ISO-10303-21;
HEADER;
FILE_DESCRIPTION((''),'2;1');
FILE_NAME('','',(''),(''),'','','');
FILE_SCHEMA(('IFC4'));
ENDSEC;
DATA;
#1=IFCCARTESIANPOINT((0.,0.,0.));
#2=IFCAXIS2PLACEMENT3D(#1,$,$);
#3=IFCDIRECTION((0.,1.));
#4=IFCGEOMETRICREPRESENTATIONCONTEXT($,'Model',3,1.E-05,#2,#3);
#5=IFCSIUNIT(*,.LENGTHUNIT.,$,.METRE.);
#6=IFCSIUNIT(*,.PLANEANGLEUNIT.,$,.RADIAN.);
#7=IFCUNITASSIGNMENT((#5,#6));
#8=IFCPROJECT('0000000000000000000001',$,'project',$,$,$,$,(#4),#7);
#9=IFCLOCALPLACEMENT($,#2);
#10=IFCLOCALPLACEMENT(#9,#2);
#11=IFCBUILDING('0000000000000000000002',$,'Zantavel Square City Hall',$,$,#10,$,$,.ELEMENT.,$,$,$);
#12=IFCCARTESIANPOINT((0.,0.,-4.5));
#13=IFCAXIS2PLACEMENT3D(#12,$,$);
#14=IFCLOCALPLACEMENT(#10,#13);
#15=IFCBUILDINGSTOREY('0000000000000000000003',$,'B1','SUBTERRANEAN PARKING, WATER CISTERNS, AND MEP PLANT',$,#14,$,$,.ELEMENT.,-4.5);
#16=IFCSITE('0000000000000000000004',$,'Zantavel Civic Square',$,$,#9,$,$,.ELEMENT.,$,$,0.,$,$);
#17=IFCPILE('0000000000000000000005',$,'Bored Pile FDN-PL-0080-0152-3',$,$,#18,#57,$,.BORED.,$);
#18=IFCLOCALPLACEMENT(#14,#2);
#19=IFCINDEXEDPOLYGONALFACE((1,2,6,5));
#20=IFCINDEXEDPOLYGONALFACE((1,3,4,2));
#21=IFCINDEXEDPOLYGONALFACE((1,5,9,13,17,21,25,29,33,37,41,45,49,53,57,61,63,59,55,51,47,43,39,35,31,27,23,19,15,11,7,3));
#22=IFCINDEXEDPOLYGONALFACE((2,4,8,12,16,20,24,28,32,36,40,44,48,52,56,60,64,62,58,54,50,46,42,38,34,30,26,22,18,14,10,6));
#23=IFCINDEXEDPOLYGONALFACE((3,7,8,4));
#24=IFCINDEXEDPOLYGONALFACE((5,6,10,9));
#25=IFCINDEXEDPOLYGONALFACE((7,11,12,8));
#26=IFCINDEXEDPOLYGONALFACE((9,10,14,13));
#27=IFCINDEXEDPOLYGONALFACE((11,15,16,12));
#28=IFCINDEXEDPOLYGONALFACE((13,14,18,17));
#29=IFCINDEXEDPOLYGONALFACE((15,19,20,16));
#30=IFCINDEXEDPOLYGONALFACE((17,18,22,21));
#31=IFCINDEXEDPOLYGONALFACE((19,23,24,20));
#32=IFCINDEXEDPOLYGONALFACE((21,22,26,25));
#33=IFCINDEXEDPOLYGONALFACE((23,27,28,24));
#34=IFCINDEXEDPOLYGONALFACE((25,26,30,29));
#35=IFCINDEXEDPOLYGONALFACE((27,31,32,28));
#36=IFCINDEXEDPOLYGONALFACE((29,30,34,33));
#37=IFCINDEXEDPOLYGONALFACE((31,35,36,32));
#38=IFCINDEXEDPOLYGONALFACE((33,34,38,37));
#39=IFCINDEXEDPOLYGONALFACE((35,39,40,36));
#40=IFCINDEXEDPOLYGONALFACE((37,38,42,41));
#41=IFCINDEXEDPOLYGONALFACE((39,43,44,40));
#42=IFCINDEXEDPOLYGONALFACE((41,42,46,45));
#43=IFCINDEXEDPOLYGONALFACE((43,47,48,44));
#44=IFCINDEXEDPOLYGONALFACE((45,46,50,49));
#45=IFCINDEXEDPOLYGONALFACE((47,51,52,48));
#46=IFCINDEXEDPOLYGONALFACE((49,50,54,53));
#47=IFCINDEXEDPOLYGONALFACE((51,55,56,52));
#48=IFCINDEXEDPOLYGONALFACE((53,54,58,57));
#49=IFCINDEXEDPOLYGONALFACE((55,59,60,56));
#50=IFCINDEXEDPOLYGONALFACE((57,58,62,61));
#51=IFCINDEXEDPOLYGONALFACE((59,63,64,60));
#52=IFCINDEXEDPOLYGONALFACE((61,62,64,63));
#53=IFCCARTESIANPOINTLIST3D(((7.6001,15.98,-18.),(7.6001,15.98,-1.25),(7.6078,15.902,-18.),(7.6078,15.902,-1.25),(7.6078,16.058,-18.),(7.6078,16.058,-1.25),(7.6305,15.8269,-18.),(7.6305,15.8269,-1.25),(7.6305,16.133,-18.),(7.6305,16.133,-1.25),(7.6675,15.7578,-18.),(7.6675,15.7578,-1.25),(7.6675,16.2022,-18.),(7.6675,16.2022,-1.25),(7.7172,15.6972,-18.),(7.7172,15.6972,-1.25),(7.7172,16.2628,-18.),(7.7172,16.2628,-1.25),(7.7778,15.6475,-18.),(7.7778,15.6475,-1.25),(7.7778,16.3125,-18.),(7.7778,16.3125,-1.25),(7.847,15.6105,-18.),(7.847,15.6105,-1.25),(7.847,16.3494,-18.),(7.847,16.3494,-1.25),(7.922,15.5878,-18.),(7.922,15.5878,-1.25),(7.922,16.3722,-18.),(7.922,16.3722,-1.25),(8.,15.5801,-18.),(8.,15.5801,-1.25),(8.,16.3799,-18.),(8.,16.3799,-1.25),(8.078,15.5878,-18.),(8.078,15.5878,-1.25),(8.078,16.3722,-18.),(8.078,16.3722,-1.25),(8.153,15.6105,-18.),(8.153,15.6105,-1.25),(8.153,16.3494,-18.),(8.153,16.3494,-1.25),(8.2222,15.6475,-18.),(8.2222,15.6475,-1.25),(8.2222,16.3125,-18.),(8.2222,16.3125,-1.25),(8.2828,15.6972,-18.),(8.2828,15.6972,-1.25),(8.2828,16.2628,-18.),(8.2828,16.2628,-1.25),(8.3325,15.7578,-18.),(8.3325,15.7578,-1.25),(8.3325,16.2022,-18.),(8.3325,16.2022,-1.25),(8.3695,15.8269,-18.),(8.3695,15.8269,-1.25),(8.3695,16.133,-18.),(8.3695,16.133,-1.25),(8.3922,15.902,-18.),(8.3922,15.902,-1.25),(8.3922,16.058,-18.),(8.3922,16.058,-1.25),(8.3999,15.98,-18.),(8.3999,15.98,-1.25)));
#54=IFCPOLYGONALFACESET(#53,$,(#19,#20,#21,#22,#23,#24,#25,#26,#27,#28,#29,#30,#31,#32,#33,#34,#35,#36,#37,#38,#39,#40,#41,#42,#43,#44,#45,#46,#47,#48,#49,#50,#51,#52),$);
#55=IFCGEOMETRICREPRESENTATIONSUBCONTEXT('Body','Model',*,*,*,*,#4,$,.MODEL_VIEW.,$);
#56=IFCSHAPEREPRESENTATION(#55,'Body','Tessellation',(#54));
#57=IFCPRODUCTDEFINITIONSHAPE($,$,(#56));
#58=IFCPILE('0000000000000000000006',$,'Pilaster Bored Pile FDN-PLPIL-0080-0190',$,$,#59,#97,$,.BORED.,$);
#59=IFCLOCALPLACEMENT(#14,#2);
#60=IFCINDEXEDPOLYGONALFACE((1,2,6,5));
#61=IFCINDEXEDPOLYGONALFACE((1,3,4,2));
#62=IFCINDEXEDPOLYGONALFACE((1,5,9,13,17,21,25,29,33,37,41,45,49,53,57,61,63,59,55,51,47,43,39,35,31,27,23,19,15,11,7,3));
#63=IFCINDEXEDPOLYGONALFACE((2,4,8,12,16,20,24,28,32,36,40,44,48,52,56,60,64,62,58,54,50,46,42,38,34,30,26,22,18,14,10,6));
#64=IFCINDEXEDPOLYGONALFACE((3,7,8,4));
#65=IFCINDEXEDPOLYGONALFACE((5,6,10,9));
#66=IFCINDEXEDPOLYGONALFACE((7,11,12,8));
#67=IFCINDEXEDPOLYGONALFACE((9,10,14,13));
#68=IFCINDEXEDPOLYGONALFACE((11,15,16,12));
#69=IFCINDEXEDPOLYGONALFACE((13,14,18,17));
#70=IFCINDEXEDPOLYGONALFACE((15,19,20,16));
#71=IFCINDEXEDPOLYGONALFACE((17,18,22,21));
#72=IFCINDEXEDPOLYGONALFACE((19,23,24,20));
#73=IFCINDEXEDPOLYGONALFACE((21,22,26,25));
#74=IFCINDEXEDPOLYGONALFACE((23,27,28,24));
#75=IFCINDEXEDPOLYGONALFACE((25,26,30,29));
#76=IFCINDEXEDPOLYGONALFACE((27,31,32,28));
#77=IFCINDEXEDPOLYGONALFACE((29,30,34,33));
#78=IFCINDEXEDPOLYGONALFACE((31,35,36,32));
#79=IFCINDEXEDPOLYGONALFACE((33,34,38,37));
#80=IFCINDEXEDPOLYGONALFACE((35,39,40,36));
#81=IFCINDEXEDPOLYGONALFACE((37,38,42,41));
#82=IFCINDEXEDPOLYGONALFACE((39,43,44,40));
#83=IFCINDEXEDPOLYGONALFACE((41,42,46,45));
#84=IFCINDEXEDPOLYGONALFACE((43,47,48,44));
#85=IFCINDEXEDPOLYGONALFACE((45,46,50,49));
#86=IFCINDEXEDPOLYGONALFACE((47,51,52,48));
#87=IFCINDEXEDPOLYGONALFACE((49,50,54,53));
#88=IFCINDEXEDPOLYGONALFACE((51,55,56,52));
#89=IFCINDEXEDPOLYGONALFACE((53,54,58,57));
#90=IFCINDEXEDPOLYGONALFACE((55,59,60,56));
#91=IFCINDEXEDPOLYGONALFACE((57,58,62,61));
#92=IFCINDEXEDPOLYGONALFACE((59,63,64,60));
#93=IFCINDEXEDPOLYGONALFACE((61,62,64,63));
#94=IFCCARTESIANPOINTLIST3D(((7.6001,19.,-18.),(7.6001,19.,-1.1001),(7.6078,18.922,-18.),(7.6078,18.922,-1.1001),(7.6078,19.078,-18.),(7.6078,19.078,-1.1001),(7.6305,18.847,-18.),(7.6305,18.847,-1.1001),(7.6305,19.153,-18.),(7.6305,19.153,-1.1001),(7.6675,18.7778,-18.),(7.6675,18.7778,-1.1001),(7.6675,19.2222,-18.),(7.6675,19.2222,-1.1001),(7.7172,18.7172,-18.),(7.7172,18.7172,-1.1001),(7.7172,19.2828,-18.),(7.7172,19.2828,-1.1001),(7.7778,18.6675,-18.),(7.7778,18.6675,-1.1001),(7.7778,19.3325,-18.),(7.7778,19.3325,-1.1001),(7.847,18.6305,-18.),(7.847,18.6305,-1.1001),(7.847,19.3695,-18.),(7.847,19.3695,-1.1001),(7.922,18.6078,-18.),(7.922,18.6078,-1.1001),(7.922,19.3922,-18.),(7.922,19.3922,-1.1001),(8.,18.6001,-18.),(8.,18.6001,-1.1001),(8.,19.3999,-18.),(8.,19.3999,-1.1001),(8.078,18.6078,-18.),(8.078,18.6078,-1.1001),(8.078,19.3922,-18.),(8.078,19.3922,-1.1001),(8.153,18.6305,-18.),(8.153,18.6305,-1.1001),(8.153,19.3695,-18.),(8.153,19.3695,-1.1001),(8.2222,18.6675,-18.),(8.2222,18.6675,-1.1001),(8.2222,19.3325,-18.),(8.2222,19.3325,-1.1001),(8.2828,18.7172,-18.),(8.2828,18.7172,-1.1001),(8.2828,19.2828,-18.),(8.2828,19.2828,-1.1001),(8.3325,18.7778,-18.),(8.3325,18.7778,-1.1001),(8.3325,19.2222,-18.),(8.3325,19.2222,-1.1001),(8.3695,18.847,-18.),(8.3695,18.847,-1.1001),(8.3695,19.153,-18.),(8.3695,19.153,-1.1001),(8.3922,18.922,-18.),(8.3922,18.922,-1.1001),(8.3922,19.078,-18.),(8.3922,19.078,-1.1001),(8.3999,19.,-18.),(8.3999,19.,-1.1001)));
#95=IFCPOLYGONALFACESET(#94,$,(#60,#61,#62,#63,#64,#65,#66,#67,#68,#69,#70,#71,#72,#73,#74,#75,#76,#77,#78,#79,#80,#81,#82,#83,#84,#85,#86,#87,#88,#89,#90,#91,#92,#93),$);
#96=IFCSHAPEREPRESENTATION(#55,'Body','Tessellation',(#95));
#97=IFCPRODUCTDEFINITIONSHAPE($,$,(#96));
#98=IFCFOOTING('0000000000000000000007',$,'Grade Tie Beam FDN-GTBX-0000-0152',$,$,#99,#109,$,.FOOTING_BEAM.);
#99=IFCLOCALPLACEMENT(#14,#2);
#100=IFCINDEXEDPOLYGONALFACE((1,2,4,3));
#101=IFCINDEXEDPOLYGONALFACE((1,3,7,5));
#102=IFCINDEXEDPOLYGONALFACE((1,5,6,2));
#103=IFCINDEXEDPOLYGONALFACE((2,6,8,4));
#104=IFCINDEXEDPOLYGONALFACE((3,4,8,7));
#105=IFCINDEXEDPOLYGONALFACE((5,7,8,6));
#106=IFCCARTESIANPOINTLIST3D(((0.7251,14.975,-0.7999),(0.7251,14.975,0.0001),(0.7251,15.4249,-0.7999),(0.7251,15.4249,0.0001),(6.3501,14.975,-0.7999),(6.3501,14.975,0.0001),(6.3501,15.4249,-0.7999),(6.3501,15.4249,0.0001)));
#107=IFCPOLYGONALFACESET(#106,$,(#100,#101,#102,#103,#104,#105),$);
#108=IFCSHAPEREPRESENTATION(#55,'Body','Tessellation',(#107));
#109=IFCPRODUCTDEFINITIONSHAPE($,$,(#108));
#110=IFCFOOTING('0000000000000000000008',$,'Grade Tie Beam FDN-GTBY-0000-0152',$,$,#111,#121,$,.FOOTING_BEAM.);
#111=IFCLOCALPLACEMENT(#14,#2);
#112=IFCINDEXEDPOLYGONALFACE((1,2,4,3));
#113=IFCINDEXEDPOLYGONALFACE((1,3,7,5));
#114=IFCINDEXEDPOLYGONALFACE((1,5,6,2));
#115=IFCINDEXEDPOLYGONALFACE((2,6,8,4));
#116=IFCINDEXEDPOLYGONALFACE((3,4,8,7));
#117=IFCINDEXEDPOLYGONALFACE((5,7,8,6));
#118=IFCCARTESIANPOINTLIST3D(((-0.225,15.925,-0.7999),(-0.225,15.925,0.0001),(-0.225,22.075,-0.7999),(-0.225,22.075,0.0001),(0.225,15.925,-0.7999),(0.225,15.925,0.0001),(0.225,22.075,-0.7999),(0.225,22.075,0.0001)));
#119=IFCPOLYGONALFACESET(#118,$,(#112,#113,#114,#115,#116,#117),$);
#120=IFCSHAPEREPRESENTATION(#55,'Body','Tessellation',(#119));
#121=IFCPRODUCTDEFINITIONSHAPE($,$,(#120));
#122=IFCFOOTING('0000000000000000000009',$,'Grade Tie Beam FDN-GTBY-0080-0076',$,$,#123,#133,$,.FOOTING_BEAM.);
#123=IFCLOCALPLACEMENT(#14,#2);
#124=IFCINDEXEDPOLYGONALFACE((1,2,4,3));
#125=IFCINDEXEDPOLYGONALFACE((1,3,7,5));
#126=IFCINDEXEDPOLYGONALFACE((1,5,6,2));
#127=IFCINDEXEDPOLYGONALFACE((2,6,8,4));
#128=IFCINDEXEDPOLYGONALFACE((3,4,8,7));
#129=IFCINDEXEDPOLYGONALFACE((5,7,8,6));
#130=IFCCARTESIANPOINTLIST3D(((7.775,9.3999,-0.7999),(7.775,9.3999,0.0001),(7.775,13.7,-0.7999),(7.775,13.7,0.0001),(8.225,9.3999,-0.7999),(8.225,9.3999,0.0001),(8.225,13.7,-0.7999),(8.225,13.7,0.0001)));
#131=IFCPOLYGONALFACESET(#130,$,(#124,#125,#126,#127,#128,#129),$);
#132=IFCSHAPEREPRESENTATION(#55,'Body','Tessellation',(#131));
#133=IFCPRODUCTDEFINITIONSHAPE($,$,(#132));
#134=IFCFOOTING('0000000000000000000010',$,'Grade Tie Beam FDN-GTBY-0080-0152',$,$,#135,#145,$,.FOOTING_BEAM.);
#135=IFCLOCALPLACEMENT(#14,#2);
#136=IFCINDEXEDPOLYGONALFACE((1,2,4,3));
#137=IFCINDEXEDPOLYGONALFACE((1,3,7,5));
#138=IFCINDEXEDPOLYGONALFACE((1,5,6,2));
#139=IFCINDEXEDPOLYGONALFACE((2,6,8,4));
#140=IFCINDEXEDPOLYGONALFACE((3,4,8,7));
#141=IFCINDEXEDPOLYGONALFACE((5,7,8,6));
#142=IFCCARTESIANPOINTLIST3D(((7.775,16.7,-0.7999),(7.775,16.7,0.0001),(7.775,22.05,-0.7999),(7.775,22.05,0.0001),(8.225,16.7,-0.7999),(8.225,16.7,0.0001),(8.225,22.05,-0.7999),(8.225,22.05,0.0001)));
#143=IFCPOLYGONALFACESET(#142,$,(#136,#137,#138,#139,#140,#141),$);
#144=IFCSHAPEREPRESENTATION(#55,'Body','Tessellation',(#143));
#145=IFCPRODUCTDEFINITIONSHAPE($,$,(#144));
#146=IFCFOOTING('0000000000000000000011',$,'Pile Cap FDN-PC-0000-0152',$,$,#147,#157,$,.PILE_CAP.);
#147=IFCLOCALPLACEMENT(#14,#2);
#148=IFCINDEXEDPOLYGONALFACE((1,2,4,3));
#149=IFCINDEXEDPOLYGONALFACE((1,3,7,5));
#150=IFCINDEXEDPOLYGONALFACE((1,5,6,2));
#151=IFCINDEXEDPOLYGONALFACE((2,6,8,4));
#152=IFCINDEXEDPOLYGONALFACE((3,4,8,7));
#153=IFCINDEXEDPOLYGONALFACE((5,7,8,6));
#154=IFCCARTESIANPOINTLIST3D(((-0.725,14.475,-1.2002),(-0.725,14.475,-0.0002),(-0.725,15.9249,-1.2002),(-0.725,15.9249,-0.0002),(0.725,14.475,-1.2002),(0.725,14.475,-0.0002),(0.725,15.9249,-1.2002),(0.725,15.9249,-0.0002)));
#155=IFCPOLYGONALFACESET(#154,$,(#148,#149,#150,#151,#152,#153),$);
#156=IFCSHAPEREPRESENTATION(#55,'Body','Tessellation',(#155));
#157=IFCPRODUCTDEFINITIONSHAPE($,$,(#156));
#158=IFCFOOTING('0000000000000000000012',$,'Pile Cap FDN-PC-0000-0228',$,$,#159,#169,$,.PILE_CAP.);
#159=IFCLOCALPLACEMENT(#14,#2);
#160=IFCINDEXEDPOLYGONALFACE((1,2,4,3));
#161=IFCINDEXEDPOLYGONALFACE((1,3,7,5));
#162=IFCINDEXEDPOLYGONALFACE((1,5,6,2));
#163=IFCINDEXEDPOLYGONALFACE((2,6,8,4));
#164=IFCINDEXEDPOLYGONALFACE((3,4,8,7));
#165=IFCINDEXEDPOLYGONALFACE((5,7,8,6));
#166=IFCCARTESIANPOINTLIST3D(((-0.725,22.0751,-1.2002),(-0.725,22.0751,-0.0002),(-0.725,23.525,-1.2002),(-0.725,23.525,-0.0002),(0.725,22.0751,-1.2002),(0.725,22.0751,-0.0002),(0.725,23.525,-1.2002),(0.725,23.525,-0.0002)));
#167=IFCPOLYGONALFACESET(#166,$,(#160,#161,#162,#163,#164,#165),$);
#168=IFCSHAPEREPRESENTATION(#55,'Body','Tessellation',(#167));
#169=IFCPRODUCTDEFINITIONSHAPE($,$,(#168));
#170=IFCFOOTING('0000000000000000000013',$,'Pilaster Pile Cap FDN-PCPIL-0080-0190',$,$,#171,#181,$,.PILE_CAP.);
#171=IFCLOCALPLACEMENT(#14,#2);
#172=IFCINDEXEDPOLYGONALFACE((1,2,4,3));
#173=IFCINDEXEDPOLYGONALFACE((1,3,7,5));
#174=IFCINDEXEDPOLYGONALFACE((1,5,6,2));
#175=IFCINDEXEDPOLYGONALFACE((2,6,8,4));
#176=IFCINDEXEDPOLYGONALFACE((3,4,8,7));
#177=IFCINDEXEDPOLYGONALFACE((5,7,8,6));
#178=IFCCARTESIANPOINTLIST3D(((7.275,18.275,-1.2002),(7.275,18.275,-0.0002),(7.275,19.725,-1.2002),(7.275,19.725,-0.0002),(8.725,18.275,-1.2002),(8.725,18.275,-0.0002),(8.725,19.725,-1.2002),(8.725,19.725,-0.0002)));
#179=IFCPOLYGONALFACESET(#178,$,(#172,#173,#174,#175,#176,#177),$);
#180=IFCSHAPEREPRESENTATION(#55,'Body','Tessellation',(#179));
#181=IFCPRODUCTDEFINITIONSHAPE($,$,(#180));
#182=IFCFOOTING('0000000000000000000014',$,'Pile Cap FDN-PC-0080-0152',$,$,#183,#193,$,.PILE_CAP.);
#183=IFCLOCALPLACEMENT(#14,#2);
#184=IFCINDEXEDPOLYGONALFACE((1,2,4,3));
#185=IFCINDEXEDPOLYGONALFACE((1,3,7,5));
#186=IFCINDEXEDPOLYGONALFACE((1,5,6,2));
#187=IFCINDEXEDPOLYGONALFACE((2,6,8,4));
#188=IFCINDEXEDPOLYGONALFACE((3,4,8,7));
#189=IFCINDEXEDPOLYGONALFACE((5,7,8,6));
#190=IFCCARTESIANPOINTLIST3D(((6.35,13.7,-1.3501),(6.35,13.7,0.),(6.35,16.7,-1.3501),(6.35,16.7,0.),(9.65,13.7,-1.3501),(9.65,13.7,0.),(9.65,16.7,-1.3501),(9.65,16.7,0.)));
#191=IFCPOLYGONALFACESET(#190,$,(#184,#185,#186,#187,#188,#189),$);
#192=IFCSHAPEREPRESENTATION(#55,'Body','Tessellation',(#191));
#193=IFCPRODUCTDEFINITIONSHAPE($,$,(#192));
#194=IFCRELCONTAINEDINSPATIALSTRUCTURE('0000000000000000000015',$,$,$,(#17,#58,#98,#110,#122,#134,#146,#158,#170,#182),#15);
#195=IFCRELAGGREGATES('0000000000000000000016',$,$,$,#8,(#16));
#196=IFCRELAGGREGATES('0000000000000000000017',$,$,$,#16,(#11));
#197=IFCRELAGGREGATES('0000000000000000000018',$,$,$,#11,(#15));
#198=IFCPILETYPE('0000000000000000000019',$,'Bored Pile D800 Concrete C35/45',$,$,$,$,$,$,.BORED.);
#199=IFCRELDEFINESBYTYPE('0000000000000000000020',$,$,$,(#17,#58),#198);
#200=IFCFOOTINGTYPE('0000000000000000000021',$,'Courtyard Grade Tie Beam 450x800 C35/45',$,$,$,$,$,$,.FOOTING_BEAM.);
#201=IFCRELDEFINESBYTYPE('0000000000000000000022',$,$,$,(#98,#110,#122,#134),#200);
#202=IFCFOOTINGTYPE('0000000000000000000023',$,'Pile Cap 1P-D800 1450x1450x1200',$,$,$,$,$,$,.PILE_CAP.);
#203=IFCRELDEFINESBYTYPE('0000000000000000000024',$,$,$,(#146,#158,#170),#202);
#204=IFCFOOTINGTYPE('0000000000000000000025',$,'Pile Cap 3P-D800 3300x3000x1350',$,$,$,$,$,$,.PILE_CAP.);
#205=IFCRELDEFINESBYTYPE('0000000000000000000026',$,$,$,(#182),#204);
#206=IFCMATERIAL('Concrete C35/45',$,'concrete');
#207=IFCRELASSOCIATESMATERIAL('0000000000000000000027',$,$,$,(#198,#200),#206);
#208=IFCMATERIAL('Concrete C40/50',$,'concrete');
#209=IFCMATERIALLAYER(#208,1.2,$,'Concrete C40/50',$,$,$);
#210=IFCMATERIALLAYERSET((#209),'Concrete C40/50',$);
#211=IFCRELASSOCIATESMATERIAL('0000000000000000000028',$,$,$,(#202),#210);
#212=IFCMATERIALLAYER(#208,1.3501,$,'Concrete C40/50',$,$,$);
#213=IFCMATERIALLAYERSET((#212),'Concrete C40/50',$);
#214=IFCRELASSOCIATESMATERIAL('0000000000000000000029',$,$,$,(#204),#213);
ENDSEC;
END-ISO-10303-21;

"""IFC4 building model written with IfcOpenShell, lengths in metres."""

from ifc_helpers import new_model, si_unit, direction, frame, origin, origin_2d, place, context, subcontext, project, spatial, rectangle, circle, extrude, material, layer, layer_set, material_profile, profile_set, type_object, element, save


model = new_model("IFC4")

# Units and contexts
model_context = context("Model", 3, precision=1e-05, world=origin(), true_north=direction((0.0, 1.0)))
body_context = subcontext(model_context, "Body", "Model", "MODEL_VIEW")
ifc_project = project(units=[si_unit("LENGTHUNIT", "METRE"), si_unit("PLANEANGLEUNIT", "RADIAN")], contexts=[model_context])

# Site, building, storey
site_placement = place(None, origin())
site = spatial("IfcSite", under=ifc_project, at=site_placement, Name="Zantavel Civic Square", CompositionType="ELEMENT", RefElevation=0.0)
building_placement = place(site_placement, origin())
building = spatial("IfcBuilding", under=site, at=building_placement, Name="Zantavel Square City Hall", CompositionType="ELEMENT")
storey_placement = place(building_placement, frame((0.0, 0.0, -4.5)))
storey = spatial("IfcBuildingStorey", under=building, at=storey_placement, Name="B1", Description="SUBTERRANEAN PARKING, WATER CISTERNS, AND MEP PLANT", CompositionType="ELEMENT", Elevation=-4.5)

# Piles
ifc_material_1 = material(Name="Concrete C35/45", Category="concrete")
ifc_material_profile_1 = material_profile(ifc_material_1, circle(Radius=0.3999, at=origin_2d()), Name="PILE D800")
ifc_profile_set_1 = profile_set([ifc_material_profile_1], Name="Concrete C35/45")
pile_type = type_object("IfcPileType", Name="Bored Pile D800 Concrete C35/45", PredefinedType="BORED", material=ifc_profile_set_1)
for number, where, z_axis, x_axis, name in (
    (1, (8.0, 15.98, -1.25), (0.0, 0.0, -1.0), (1.0, 0.0, 0.0), "Bored Pile FDN-PL-0080-0152-3"),
):
    element("IfcPile", number, at=place(storey_placement, frame(where, z_axis=z_axis, x_axis=x_axis)), inside=storey, type_object=pile_type, Name=name, PredefinedType="BORED", context=body_context, shape_type="SweptSolid", body=[
        extrude(circle(Radius=0.3999, at=origin_2d()), origin(), (0.0, 0.0, 1.0), 16.75),
    ])
pile_1_placement = place(storey_placement, frame((8.0, 19.0, -1.1001), z_axis=(0.0, 0.0, -1.0), x_axis=(1.0, 0.0, 0.0)))
element("IfcPile", 2, at=pile_1_placement, inside=storey, type_object=pile_type, Name="Pilaster Bored Pile FDN-PLPIL-0080-0190", PredefinedType="BORED", context=body_context, shape_type="SweptSolid", body=[
    extrude(circle(Radius=0.3999, at=origin_2d()), origin(), (0.0, 0.0, 1.0), 16.8999),
])

# Footings
ifc_material_profile_2 = material_profile(ifc_material_1, rectangle(XDim=0.45, YDim=0.8, at=origin_2d()), Name="RC 450x800")
ifc_profile_set_2 = profile_set([ifc_material_profile_2], Name="Concrete C35/45")
footing_type_1 = type_object("IfcFootingType", Name="Courtyard Grade Tie Beam 450x800 C35/45", PredefinedType="FOOTING_BEAM", material=ifc_profile_set_2)
footing_1_placement = place(storey_placement, frame((0.7251, 15.2, -0.3999), z_axis=(1.0, 0.0, 0.0), x_axis=(0.0, 1.0, 0.0)))
element("IfcFooting", 3, at=footing_1_placement, inside=storey, type_object=footing_type_1, Name="Grade Tie Beam FDN-GTBX-0000-0152", PredefinedType="FOOTING_BEAM", context=body_context, shape_type="SweptSolid", body=[
    extrude(rectangle(XDim=0.45, YDim=0.8, at=origin_2d()), origin(), (0.0, 0.0, 1.0), 5.625),
])
footing_2_placement = place(storey_placement, frame((0.0, 15.925, -0.3999), z_axis=(0.0, 1.0, 0.0), x_axis=(-1.0, 0.0, 0.0)))
element("IfcFooting", 4, at=footing_2_placement, inside=storey, type_object=footing_type_1, Name="Grade Tie Beam FDN-GTBY-0000-0152", PredefinedType="FOOTING_BEAM", context=body_context, shape_type="SweptSolid", body=[
    extrude(rectangle(XDim=0.45, YDim=0.8, at=origin_2d()), origin(), (0.0, 0.0, 1.0), 6.1499),
])
footing_3_placement = place(storey_placement, frame((8.0, 9.3999, -0.3999), z_axis=(0.0, 1.0, 0.0), x_axis=(-1.0, 0.0, 0.0)))
element("IfcFooting", 5, at=footing_3_placement, inside=storey, type_object=footing_type_1, Name="Grade Tie Beam FDN-GTBY-0080-0076", PredefinedType="FOOTING_BEAM", context=body_context, shape_type="SweptSolid", body=[
    extrude(rectangle(XDim=0.45, YDim=0.8, at=origin_2d()), origin(), (0.0, 0.0, 1.0), 4.3),
])
footing_4_placement = place(storey_placement, frame((8.0, 16.7, -0.3999), z_axis=(0.0, 1.0, 0.0), x_axis=(-1.0, 0.0, 0.0)))
element("IfcFooting", 6, at=footing_4_placement, inside=storey, type_object=footing_type_1, Name="Grade Tie Beam FDN-GTBY-0080-0152", PredefinedType="FOOTING_BEAM", context=body_context, shape_type="SweptSolid", body=[
    extrude(rectangle(XDim=0.45, YDim=0.8, at=origin_2d()), origin(), (0.0, 0.0, 1.0), 5.3501),
])
ifc_material_2 = material(Name="Concrete C40/50", Category="concrete")
ifc_layer_1 = layer(ifc_material_2, 1.2, Name="Concrete C40/50")
ifc_layer_set_1 = layer_set([ifc_layer_1], Name="Concrete C40/50")
footing_type_2 = type_object("IfcFootingType", Name="Pile Cap 1P-D800 1450x1450x1200", PredefinedType="PILE_CAP", material=ifc_layer_set_1)
for number, where, z_axis, x_axis, name in (
    (7, (0.0, 15.2, -1.2002), (0.0, 0.0, 1.0), (1.0, 0.0, 0.0), "Pile Cap FDN-PC-0000-0152"),
    (8, (0.0, 22.8, -1.2002), (0.0, 0.0, 1.0), (1.0, 0.0, 0.0), "Pile Cap FDN-PC-0000-0228"),
    (9, (8.0, 19.0, -1.2002), (0.0, 0.0, 1.0), (1.0, 0.0, 0.0), "Pilaster Pile Cap FDN-PCPIL-0080-0190"),
):
    element("IfcFooting", number, at=place(storey_placement, frame(where, z_axis=z_axis, x_axis=x_axis)), inside=storey, type_object=footing_type_2, Name=name, PredefinedType="PILE_CAP", context=body_context, shape_type="SweptSolid", body=[
        extrude(rectangle(XDim=1.45, YDim=1.45, at=origin_2d()), origin(), (0.0, 0.0, 1.0), 1.2),
    ])
ifc_layer_2 = layer(ifc_material_2, 1.3501, Name="Concrete C40/50")
ifc_layer_set_2 = layer_set([ifc_layer_2], Name="Concrete C40/50")
footing_type_3 = type_object("IfcFootingType", Name="Pile Cap 3P-D800 3300x3000x1350", PredefinedType="PILE_CAP", material=ifc_layer_set_2)
footing_5_placement = place(storey_placement, frame((8.0, 15.2, -1.3501), z_axis=(0.0, 0.0, 1.0), x_axis=(1.0, 0.0, 0.0)))
element("IfcFooting", 10, at=footing_5_placement, inside=storey, type_object=footing_type_3, Name="Pile Cap FDN-PC-0080-0152", PredefinedType="PILE_CAP", context=body_context, shape_type="SweptSolid", body=[
    extrude(rectangle(XDim=3.3, YDim=3.0, at=origin_2d()), origin(), (0.0, 0.0, 1.0), 1.3501),
])

save(model, "model.ifc")
